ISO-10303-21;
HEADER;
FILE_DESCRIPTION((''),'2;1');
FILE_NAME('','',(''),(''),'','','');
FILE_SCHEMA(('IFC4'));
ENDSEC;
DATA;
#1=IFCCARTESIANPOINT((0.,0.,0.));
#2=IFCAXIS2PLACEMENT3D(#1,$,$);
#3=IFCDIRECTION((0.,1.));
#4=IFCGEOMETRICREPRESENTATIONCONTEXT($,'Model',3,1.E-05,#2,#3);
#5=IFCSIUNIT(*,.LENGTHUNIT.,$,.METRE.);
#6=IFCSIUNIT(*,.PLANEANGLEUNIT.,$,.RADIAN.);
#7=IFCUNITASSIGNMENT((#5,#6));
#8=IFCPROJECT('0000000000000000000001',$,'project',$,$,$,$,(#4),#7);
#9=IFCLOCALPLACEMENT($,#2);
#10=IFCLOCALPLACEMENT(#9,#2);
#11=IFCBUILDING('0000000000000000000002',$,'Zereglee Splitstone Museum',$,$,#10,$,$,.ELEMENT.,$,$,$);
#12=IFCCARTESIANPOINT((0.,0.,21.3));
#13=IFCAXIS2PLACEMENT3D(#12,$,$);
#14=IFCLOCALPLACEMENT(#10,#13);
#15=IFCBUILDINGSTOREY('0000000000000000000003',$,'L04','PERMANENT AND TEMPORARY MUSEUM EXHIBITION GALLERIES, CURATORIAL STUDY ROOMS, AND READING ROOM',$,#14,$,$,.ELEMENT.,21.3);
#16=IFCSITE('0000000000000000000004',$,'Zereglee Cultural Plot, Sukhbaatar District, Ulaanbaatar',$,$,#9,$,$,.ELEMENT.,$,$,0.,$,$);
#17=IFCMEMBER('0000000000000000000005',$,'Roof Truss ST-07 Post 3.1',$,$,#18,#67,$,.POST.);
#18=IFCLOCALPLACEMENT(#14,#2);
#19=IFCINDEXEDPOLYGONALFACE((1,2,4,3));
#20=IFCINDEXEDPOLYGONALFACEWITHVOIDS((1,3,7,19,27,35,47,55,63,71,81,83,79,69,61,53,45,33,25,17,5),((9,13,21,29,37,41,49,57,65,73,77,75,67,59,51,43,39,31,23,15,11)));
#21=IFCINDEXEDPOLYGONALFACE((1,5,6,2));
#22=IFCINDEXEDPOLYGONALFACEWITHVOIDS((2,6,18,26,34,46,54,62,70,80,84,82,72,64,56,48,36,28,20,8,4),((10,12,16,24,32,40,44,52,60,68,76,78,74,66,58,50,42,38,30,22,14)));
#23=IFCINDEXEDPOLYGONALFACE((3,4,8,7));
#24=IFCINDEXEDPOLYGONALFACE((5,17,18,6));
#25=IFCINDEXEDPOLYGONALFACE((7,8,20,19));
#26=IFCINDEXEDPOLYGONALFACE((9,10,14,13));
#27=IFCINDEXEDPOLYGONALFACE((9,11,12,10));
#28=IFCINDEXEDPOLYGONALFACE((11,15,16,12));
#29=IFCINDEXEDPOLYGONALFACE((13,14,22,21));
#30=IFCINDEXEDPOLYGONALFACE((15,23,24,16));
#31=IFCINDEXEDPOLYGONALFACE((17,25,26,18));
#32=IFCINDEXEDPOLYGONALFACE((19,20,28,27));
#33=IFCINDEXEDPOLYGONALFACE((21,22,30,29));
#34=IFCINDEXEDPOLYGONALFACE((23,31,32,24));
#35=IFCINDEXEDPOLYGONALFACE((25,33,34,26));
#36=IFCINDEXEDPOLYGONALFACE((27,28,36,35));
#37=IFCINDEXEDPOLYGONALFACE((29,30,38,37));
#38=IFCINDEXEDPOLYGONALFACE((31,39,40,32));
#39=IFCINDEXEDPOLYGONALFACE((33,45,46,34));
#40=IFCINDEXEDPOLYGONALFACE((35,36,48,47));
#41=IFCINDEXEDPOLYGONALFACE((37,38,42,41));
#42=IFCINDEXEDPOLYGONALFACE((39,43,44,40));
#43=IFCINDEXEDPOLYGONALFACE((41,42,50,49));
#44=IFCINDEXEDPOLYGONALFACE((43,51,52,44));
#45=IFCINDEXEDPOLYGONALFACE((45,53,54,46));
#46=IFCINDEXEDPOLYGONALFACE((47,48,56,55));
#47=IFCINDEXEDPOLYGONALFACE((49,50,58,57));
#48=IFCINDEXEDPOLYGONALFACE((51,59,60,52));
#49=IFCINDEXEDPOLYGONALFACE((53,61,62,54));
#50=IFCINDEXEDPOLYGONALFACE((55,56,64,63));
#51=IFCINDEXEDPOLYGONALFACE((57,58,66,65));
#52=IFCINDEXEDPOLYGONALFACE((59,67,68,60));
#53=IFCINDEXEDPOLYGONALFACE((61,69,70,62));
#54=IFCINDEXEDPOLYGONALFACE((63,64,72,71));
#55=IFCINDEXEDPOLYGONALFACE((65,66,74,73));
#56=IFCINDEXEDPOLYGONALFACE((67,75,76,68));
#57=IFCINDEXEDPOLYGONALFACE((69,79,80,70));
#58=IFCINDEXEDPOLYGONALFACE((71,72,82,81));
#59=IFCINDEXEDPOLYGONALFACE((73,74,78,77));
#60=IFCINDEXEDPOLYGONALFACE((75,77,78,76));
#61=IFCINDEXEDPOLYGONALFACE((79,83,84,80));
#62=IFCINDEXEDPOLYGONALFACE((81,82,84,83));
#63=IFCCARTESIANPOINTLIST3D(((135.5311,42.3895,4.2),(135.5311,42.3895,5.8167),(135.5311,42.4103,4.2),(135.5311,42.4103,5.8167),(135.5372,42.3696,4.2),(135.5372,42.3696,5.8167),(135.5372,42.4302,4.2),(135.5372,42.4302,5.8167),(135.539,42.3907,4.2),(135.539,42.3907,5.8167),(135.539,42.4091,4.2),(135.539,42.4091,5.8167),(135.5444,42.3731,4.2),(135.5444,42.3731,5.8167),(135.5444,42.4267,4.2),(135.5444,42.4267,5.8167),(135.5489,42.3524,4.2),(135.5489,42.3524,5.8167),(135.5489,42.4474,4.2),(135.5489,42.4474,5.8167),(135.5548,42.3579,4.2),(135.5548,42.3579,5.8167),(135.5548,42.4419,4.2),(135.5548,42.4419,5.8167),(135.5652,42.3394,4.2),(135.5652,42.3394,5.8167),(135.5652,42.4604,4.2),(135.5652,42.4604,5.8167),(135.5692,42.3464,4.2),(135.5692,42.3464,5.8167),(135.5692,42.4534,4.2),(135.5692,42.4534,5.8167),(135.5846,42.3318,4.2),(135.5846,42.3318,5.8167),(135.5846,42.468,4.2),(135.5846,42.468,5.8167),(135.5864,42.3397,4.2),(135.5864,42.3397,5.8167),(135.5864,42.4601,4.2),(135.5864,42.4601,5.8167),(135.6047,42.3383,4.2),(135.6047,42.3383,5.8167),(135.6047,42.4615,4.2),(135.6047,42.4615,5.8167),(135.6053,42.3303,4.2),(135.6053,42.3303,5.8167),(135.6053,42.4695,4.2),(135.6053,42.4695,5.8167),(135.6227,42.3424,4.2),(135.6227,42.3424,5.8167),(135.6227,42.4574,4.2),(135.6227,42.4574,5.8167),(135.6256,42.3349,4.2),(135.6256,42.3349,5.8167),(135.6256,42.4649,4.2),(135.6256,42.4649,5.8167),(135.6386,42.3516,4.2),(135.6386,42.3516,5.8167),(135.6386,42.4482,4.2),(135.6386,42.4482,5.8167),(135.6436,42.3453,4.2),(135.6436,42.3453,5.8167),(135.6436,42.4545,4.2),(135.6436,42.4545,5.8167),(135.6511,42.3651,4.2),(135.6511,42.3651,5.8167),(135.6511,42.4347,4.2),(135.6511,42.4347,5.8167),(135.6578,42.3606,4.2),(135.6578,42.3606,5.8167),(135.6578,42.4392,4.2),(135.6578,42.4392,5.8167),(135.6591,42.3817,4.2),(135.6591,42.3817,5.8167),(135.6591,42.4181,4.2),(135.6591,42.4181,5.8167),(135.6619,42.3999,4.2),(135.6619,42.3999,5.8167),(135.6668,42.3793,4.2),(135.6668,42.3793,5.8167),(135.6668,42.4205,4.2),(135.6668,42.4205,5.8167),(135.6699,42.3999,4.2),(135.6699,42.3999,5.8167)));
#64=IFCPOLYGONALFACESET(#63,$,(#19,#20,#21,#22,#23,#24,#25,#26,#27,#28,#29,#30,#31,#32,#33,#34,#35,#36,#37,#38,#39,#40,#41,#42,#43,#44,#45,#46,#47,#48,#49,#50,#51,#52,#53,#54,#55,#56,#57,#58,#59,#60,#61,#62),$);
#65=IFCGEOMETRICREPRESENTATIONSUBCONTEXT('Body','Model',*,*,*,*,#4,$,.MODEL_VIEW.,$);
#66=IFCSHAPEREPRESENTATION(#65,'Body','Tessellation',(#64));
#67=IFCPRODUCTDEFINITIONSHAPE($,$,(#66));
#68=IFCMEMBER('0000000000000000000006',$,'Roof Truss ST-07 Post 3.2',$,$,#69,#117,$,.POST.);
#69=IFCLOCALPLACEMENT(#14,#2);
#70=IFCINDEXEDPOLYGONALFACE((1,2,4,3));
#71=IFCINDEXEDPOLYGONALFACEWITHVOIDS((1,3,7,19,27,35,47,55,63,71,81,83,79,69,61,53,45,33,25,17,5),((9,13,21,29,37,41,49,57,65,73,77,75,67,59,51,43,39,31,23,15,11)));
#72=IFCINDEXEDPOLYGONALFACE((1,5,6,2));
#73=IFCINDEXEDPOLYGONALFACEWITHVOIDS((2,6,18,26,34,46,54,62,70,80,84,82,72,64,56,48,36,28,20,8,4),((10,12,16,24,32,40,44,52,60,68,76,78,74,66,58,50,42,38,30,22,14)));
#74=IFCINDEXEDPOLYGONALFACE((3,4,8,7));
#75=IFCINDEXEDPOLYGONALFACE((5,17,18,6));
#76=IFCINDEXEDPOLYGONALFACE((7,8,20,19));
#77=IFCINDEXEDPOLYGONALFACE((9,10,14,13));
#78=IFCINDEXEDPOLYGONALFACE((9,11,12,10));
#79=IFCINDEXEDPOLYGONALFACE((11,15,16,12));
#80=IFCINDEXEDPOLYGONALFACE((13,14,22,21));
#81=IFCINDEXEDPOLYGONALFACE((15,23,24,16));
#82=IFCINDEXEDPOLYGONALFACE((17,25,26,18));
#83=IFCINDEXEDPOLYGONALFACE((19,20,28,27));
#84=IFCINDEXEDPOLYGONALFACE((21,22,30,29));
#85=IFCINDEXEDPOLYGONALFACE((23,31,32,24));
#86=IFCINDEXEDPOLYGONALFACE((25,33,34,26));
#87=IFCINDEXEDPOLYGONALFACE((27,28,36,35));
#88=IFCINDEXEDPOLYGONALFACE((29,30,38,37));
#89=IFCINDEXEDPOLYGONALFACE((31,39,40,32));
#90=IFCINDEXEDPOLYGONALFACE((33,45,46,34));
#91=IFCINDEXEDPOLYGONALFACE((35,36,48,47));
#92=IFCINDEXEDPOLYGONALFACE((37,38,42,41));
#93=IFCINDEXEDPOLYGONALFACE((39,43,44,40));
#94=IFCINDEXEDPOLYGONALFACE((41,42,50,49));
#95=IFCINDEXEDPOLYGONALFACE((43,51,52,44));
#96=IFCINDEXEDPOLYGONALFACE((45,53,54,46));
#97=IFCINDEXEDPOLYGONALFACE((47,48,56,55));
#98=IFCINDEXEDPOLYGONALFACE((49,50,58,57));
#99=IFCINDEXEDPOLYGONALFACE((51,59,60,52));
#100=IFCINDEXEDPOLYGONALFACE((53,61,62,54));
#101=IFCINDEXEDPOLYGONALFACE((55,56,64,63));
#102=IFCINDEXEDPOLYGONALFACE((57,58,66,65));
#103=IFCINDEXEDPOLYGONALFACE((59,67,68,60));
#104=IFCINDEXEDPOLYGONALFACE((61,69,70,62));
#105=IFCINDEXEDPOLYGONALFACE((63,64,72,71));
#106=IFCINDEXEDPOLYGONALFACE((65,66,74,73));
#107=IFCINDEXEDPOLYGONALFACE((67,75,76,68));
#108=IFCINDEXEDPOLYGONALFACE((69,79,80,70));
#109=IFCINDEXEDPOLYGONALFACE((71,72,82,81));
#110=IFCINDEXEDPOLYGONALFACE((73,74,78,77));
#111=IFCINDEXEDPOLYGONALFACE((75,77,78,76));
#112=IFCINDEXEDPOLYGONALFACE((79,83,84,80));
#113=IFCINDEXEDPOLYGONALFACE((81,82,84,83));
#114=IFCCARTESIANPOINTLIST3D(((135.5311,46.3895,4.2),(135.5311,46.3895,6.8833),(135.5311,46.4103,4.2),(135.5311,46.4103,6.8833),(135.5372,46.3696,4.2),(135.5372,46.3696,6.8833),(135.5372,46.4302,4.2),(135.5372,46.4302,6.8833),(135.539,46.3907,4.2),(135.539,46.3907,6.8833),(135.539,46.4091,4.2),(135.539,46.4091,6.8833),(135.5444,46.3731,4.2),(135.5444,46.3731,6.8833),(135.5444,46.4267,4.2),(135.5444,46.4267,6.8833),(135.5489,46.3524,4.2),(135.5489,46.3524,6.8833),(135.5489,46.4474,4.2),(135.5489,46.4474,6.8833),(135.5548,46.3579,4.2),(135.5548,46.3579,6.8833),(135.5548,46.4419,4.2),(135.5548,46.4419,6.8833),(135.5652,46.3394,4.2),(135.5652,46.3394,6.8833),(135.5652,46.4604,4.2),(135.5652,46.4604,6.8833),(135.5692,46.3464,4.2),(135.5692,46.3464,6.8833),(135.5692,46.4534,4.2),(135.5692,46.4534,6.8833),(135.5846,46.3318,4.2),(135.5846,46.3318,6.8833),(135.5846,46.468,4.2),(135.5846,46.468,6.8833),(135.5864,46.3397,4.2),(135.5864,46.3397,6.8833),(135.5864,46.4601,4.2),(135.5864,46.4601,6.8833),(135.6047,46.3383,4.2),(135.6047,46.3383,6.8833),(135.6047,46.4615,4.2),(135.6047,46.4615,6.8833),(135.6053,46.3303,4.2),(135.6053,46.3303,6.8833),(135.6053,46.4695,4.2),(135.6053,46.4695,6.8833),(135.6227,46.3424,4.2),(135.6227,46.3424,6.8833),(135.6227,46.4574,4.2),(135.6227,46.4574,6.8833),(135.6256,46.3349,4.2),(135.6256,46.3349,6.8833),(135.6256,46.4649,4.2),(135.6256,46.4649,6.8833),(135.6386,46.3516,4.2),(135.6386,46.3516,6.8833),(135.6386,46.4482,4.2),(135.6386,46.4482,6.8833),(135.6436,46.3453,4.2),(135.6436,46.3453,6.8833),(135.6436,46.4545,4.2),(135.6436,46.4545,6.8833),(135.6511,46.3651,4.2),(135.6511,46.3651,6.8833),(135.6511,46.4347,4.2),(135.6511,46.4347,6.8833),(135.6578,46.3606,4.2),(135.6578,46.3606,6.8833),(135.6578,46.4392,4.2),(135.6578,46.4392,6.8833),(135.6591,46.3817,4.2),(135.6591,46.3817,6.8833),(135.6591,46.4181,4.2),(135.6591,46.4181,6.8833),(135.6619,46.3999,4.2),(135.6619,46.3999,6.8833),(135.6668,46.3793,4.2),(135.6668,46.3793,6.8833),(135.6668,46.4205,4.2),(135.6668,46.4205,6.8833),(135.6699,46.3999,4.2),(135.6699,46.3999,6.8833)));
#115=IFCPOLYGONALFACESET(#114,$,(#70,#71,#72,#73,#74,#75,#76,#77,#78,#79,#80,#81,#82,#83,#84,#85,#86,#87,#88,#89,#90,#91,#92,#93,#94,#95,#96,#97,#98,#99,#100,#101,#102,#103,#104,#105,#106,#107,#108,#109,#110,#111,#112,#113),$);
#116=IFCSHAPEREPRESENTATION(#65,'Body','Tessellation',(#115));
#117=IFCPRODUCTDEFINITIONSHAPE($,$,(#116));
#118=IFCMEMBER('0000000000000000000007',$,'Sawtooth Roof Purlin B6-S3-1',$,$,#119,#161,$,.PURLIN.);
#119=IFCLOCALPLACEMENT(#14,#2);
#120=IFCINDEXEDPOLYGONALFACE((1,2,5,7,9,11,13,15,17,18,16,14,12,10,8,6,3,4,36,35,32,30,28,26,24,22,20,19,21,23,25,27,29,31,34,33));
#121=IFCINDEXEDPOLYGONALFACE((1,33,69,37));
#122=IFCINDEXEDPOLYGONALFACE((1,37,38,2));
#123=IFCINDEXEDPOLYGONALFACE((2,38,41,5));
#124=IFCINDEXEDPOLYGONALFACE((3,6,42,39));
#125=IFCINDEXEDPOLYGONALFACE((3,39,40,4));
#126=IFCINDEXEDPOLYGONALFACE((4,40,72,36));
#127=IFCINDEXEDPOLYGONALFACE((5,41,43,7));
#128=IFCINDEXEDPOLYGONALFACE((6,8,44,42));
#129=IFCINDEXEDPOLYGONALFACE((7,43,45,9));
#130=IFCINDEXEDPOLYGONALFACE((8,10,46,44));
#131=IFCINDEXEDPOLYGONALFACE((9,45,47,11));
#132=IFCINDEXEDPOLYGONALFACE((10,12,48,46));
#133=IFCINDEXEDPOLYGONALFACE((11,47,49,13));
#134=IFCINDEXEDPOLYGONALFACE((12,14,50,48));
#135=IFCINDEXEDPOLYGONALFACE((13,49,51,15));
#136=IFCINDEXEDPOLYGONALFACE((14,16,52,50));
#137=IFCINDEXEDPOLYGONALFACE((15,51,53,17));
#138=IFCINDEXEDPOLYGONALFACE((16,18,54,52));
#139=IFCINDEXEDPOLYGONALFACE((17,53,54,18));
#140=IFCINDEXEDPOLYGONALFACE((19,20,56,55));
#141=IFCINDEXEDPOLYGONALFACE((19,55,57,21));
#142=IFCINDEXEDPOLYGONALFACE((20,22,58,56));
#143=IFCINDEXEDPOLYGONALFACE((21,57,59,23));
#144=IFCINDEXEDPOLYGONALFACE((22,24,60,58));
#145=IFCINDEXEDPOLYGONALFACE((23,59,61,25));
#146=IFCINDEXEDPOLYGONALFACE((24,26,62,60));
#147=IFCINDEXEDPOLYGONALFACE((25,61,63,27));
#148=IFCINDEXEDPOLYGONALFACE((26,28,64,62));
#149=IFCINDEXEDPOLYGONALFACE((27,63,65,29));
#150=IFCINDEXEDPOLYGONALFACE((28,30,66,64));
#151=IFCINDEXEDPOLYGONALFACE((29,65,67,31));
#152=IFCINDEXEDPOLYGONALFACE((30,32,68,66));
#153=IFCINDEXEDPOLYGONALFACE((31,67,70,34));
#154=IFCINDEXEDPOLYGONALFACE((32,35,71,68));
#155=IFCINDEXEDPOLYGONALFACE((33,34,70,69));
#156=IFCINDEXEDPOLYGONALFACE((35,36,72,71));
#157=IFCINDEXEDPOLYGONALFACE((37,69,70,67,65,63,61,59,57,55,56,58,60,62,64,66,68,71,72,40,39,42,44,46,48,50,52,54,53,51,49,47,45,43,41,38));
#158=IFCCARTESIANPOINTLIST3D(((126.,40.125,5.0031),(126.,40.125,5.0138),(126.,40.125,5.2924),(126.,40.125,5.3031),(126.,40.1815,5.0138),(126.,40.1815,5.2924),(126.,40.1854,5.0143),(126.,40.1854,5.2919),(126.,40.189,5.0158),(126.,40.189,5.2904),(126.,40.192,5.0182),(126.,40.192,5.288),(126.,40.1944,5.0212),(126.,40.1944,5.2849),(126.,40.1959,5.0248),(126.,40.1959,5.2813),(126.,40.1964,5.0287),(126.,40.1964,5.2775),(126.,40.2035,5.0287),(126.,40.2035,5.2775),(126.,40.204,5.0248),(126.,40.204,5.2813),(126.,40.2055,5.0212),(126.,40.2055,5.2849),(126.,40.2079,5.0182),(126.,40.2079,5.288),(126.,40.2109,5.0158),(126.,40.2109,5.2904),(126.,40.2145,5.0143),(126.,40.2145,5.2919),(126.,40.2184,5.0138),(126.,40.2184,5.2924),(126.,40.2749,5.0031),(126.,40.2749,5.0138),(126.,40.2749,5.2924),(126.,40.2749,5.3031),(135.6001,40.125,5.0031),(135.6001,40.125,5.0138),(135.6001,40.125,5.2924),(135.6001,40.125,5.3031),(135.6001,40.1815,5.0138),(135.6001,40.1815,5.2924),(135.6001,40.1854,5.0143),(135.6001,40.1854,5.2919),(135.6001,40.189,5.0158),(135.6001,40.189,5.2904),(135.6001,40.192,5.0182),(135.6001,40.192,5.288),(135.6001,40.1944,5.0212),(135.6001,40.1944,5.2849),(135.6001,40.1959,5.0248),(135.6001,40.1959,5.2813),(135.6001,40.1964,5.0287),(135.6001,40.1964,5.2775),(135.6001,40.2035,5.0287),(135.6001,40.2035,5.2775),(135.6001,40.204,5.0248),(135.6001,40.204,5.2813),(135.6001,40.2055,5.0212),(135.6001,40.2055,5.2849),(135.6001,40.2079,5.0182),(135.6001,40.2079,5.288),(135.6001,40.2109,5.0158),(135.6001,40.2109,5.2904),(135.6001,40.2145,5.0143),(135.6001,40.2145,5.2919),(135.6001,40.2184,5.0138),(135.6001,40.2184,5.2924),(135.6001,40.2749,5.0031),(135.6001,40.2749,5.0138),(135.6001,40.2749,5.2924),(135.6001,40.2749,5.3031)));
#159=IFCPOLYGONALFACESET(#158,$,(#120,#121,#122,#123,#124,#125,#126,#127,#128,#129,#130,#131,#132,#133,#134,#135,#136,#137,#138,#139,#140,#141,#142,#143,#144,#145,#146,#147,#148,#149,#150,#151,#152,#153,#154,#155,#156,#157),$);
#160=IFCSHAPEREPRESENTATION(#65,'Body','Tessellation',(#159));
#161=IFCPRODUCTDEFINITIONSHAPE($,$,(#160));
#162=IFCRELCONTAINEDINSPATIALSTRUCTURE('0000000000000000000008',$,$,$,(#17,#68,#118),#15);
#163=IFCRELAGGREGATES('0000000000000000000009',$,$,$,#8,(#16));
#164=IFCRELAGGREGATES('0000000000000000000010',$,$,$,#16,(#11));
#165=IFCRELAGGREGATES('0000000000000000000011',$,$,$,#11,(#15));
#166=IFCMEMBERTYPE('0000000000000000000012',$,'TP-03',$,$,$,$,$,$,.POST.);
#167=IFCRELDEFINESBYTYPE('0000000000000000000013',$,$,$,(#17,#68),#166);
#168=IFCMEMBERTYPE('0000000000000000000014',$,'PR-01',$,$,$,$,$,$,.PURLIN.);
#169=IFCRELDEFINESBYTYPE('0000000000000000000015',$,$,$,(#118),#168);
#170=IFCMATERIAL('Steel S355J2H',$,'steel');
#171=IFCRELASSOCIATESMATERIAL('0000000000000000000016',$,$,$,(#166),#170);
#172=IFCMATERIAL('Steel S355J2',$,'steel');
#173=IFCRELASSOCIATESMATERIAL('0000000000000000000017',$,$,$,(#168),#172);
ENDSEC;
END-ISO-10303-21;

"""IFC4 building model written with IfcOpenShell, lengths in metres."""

from ifc_helpers import new_model, si_unit, direction, frame, origin, origin_2d, place, context, subcontext, project, spatial, hollow_circle, i_section, extrude, material, material_profile, profile_set, type_object, element, save


model = new_model("IFC4")

# Units and contexts
model_context = context("Model", 3, precision=1e-05, world=origin(), true_north=direction((0.0, 1.0)))
body_context = subcontext(model_context, "Body", "Model", "MODEL_VIEW")
ifc_project = project(units=[si_unit("LENGTHUNIT", "METRE"), si_unit("PLANEANGLEUNIT", "RADIAN")], contexts=[model_context])

# Site, building, storey
site_placement = place(None, origin())
site = spatial("IfcSite", under=ifc_project, at=site_placement, Name="Zereglee Cultural Plot, Sukhbaatar District, Ulaanbaatar", CompositionType="ELEMENT", RefElevation=0.0)
building_placement = place(site_placement, origin())
building = spatial("IfcBuilding", under=site, at=building_placement, Name="Zereglee Splitstone Museum", CompositionType="ELEMENT")
storey_placement = place(building_placement, frame((0.0, 0.0, 21.3)))
storey = spatial("IfcBuildingStorey", under=building, at=storey_placement, Name="L04", Description="PERMANENT AND TEMPORARY MUSEUM EXHIBITION GALLERIES, CURATORIAL STUDY ROOMS, AND READING ROOM", CompositionType="ELEMENT", Elevation=21.3)

# Members
ifc_material_1 = material(Name="Steel S355J2H", Category="steel")
ifc_material_2 = material(Name="Steel S355J2", Category="steel")
ifc_material_profile_1 = material_profile(ifc_material_1, hollow_circle(Radius=0.0698, WallThickness=0.0081, at=origin_2d()), Name="CHS 139.7x8")
ifc_profile_set_1 = profile_set([ifc_material_profile_1], Name="Steel S355J2H")
member_type_1 = type_object("IfcMemberType", Name="TP-03", PredefinedType="POST", material=ifc_profile_set_1)
member_1_placement = place(storey_placement, frame((135.6001, 42.3999, 4.2), z_axis=(0.0, 0.0, 1.0), x_axis=(1.0, 0.0, 0.0)))
element("IfcMember", 1, at=member_1_placement, inside=storey, type_object=member_type_1, Name="Roof Truss ST-07 Post 3.1", PredefinedType="POST", context=body_context, shape_type="SweptSolid", body=[
    extrude(hollow_circle(Radius=0.0698, WallThickness=0.0081, at=origin_2d()), origin(), (0.0, 0.0, 1.0), 1.6167),
])
member_2_placement = place(storey_placement, frame((135.6001, 46.3999, 4.2), z_axis=(0.0, 0.0, 1.0), x_axis=(1.0, 0.0, 0.0)))
element("IfcMember", 2, at=member_2_placement, inside=storey, type_object=member_type_1, Name="Roof Truss ST-07 Post 3.2", PredefinedType="POST", context=body_context, shape_type="SweptSolid", body=[
    extrude(hollow_circle(Radius=0.0698, WallThickness=0.0081, at=origin_2d()), origin(), (0.0, 0.0, 1.0), 2.6833),
])
ifc_material_profile_2 = material_profile(ifc_material_2, i_section(OverallWidth=0.1499, OverallDepth=0.3, WebThickness=0.0071, FlangeThickness=0.0107, FilletRadius=0.0149, at=origin_2d()), Name="IPE 300")
ifc_profile_set_2 = profile_set([ifc_material_profile_2], Name="Steel S355J2")
member_type_2 = type_object("IfcMemberType", Name="PR-01", PredefinedType="PURLIN", material=ifc_profile_set_2)
for number, where, z_axis, x_axis, name in (
    (3, (126.0, 40.2, 5.1531), (1.0, 0.0, 0.0), (0.0, 1.0, 0.0), "Sawtooth Roof Purlin B6-S3-1"),
):
    element("IfcMember", number, at=place(storey_placement, frame(where, z_axis=z_axis, x_axis=x_axis)), inside=storey, type_object=member_type_2, Name=name, PredefinedType="PURLIN", context=body_context, shape_type="SweptSolid", body=[
        extrude(i_section(OverallWidth=0.1499, OverallDepth=0.3, WebThickness=0.0071, FlangeThickness=0.0107, FilletRadius=0.0149, at=origin_2d()), origin(), (0.0, 0.0, 1.0), 9.6001),
    ])

save(model, "model.ifc")
